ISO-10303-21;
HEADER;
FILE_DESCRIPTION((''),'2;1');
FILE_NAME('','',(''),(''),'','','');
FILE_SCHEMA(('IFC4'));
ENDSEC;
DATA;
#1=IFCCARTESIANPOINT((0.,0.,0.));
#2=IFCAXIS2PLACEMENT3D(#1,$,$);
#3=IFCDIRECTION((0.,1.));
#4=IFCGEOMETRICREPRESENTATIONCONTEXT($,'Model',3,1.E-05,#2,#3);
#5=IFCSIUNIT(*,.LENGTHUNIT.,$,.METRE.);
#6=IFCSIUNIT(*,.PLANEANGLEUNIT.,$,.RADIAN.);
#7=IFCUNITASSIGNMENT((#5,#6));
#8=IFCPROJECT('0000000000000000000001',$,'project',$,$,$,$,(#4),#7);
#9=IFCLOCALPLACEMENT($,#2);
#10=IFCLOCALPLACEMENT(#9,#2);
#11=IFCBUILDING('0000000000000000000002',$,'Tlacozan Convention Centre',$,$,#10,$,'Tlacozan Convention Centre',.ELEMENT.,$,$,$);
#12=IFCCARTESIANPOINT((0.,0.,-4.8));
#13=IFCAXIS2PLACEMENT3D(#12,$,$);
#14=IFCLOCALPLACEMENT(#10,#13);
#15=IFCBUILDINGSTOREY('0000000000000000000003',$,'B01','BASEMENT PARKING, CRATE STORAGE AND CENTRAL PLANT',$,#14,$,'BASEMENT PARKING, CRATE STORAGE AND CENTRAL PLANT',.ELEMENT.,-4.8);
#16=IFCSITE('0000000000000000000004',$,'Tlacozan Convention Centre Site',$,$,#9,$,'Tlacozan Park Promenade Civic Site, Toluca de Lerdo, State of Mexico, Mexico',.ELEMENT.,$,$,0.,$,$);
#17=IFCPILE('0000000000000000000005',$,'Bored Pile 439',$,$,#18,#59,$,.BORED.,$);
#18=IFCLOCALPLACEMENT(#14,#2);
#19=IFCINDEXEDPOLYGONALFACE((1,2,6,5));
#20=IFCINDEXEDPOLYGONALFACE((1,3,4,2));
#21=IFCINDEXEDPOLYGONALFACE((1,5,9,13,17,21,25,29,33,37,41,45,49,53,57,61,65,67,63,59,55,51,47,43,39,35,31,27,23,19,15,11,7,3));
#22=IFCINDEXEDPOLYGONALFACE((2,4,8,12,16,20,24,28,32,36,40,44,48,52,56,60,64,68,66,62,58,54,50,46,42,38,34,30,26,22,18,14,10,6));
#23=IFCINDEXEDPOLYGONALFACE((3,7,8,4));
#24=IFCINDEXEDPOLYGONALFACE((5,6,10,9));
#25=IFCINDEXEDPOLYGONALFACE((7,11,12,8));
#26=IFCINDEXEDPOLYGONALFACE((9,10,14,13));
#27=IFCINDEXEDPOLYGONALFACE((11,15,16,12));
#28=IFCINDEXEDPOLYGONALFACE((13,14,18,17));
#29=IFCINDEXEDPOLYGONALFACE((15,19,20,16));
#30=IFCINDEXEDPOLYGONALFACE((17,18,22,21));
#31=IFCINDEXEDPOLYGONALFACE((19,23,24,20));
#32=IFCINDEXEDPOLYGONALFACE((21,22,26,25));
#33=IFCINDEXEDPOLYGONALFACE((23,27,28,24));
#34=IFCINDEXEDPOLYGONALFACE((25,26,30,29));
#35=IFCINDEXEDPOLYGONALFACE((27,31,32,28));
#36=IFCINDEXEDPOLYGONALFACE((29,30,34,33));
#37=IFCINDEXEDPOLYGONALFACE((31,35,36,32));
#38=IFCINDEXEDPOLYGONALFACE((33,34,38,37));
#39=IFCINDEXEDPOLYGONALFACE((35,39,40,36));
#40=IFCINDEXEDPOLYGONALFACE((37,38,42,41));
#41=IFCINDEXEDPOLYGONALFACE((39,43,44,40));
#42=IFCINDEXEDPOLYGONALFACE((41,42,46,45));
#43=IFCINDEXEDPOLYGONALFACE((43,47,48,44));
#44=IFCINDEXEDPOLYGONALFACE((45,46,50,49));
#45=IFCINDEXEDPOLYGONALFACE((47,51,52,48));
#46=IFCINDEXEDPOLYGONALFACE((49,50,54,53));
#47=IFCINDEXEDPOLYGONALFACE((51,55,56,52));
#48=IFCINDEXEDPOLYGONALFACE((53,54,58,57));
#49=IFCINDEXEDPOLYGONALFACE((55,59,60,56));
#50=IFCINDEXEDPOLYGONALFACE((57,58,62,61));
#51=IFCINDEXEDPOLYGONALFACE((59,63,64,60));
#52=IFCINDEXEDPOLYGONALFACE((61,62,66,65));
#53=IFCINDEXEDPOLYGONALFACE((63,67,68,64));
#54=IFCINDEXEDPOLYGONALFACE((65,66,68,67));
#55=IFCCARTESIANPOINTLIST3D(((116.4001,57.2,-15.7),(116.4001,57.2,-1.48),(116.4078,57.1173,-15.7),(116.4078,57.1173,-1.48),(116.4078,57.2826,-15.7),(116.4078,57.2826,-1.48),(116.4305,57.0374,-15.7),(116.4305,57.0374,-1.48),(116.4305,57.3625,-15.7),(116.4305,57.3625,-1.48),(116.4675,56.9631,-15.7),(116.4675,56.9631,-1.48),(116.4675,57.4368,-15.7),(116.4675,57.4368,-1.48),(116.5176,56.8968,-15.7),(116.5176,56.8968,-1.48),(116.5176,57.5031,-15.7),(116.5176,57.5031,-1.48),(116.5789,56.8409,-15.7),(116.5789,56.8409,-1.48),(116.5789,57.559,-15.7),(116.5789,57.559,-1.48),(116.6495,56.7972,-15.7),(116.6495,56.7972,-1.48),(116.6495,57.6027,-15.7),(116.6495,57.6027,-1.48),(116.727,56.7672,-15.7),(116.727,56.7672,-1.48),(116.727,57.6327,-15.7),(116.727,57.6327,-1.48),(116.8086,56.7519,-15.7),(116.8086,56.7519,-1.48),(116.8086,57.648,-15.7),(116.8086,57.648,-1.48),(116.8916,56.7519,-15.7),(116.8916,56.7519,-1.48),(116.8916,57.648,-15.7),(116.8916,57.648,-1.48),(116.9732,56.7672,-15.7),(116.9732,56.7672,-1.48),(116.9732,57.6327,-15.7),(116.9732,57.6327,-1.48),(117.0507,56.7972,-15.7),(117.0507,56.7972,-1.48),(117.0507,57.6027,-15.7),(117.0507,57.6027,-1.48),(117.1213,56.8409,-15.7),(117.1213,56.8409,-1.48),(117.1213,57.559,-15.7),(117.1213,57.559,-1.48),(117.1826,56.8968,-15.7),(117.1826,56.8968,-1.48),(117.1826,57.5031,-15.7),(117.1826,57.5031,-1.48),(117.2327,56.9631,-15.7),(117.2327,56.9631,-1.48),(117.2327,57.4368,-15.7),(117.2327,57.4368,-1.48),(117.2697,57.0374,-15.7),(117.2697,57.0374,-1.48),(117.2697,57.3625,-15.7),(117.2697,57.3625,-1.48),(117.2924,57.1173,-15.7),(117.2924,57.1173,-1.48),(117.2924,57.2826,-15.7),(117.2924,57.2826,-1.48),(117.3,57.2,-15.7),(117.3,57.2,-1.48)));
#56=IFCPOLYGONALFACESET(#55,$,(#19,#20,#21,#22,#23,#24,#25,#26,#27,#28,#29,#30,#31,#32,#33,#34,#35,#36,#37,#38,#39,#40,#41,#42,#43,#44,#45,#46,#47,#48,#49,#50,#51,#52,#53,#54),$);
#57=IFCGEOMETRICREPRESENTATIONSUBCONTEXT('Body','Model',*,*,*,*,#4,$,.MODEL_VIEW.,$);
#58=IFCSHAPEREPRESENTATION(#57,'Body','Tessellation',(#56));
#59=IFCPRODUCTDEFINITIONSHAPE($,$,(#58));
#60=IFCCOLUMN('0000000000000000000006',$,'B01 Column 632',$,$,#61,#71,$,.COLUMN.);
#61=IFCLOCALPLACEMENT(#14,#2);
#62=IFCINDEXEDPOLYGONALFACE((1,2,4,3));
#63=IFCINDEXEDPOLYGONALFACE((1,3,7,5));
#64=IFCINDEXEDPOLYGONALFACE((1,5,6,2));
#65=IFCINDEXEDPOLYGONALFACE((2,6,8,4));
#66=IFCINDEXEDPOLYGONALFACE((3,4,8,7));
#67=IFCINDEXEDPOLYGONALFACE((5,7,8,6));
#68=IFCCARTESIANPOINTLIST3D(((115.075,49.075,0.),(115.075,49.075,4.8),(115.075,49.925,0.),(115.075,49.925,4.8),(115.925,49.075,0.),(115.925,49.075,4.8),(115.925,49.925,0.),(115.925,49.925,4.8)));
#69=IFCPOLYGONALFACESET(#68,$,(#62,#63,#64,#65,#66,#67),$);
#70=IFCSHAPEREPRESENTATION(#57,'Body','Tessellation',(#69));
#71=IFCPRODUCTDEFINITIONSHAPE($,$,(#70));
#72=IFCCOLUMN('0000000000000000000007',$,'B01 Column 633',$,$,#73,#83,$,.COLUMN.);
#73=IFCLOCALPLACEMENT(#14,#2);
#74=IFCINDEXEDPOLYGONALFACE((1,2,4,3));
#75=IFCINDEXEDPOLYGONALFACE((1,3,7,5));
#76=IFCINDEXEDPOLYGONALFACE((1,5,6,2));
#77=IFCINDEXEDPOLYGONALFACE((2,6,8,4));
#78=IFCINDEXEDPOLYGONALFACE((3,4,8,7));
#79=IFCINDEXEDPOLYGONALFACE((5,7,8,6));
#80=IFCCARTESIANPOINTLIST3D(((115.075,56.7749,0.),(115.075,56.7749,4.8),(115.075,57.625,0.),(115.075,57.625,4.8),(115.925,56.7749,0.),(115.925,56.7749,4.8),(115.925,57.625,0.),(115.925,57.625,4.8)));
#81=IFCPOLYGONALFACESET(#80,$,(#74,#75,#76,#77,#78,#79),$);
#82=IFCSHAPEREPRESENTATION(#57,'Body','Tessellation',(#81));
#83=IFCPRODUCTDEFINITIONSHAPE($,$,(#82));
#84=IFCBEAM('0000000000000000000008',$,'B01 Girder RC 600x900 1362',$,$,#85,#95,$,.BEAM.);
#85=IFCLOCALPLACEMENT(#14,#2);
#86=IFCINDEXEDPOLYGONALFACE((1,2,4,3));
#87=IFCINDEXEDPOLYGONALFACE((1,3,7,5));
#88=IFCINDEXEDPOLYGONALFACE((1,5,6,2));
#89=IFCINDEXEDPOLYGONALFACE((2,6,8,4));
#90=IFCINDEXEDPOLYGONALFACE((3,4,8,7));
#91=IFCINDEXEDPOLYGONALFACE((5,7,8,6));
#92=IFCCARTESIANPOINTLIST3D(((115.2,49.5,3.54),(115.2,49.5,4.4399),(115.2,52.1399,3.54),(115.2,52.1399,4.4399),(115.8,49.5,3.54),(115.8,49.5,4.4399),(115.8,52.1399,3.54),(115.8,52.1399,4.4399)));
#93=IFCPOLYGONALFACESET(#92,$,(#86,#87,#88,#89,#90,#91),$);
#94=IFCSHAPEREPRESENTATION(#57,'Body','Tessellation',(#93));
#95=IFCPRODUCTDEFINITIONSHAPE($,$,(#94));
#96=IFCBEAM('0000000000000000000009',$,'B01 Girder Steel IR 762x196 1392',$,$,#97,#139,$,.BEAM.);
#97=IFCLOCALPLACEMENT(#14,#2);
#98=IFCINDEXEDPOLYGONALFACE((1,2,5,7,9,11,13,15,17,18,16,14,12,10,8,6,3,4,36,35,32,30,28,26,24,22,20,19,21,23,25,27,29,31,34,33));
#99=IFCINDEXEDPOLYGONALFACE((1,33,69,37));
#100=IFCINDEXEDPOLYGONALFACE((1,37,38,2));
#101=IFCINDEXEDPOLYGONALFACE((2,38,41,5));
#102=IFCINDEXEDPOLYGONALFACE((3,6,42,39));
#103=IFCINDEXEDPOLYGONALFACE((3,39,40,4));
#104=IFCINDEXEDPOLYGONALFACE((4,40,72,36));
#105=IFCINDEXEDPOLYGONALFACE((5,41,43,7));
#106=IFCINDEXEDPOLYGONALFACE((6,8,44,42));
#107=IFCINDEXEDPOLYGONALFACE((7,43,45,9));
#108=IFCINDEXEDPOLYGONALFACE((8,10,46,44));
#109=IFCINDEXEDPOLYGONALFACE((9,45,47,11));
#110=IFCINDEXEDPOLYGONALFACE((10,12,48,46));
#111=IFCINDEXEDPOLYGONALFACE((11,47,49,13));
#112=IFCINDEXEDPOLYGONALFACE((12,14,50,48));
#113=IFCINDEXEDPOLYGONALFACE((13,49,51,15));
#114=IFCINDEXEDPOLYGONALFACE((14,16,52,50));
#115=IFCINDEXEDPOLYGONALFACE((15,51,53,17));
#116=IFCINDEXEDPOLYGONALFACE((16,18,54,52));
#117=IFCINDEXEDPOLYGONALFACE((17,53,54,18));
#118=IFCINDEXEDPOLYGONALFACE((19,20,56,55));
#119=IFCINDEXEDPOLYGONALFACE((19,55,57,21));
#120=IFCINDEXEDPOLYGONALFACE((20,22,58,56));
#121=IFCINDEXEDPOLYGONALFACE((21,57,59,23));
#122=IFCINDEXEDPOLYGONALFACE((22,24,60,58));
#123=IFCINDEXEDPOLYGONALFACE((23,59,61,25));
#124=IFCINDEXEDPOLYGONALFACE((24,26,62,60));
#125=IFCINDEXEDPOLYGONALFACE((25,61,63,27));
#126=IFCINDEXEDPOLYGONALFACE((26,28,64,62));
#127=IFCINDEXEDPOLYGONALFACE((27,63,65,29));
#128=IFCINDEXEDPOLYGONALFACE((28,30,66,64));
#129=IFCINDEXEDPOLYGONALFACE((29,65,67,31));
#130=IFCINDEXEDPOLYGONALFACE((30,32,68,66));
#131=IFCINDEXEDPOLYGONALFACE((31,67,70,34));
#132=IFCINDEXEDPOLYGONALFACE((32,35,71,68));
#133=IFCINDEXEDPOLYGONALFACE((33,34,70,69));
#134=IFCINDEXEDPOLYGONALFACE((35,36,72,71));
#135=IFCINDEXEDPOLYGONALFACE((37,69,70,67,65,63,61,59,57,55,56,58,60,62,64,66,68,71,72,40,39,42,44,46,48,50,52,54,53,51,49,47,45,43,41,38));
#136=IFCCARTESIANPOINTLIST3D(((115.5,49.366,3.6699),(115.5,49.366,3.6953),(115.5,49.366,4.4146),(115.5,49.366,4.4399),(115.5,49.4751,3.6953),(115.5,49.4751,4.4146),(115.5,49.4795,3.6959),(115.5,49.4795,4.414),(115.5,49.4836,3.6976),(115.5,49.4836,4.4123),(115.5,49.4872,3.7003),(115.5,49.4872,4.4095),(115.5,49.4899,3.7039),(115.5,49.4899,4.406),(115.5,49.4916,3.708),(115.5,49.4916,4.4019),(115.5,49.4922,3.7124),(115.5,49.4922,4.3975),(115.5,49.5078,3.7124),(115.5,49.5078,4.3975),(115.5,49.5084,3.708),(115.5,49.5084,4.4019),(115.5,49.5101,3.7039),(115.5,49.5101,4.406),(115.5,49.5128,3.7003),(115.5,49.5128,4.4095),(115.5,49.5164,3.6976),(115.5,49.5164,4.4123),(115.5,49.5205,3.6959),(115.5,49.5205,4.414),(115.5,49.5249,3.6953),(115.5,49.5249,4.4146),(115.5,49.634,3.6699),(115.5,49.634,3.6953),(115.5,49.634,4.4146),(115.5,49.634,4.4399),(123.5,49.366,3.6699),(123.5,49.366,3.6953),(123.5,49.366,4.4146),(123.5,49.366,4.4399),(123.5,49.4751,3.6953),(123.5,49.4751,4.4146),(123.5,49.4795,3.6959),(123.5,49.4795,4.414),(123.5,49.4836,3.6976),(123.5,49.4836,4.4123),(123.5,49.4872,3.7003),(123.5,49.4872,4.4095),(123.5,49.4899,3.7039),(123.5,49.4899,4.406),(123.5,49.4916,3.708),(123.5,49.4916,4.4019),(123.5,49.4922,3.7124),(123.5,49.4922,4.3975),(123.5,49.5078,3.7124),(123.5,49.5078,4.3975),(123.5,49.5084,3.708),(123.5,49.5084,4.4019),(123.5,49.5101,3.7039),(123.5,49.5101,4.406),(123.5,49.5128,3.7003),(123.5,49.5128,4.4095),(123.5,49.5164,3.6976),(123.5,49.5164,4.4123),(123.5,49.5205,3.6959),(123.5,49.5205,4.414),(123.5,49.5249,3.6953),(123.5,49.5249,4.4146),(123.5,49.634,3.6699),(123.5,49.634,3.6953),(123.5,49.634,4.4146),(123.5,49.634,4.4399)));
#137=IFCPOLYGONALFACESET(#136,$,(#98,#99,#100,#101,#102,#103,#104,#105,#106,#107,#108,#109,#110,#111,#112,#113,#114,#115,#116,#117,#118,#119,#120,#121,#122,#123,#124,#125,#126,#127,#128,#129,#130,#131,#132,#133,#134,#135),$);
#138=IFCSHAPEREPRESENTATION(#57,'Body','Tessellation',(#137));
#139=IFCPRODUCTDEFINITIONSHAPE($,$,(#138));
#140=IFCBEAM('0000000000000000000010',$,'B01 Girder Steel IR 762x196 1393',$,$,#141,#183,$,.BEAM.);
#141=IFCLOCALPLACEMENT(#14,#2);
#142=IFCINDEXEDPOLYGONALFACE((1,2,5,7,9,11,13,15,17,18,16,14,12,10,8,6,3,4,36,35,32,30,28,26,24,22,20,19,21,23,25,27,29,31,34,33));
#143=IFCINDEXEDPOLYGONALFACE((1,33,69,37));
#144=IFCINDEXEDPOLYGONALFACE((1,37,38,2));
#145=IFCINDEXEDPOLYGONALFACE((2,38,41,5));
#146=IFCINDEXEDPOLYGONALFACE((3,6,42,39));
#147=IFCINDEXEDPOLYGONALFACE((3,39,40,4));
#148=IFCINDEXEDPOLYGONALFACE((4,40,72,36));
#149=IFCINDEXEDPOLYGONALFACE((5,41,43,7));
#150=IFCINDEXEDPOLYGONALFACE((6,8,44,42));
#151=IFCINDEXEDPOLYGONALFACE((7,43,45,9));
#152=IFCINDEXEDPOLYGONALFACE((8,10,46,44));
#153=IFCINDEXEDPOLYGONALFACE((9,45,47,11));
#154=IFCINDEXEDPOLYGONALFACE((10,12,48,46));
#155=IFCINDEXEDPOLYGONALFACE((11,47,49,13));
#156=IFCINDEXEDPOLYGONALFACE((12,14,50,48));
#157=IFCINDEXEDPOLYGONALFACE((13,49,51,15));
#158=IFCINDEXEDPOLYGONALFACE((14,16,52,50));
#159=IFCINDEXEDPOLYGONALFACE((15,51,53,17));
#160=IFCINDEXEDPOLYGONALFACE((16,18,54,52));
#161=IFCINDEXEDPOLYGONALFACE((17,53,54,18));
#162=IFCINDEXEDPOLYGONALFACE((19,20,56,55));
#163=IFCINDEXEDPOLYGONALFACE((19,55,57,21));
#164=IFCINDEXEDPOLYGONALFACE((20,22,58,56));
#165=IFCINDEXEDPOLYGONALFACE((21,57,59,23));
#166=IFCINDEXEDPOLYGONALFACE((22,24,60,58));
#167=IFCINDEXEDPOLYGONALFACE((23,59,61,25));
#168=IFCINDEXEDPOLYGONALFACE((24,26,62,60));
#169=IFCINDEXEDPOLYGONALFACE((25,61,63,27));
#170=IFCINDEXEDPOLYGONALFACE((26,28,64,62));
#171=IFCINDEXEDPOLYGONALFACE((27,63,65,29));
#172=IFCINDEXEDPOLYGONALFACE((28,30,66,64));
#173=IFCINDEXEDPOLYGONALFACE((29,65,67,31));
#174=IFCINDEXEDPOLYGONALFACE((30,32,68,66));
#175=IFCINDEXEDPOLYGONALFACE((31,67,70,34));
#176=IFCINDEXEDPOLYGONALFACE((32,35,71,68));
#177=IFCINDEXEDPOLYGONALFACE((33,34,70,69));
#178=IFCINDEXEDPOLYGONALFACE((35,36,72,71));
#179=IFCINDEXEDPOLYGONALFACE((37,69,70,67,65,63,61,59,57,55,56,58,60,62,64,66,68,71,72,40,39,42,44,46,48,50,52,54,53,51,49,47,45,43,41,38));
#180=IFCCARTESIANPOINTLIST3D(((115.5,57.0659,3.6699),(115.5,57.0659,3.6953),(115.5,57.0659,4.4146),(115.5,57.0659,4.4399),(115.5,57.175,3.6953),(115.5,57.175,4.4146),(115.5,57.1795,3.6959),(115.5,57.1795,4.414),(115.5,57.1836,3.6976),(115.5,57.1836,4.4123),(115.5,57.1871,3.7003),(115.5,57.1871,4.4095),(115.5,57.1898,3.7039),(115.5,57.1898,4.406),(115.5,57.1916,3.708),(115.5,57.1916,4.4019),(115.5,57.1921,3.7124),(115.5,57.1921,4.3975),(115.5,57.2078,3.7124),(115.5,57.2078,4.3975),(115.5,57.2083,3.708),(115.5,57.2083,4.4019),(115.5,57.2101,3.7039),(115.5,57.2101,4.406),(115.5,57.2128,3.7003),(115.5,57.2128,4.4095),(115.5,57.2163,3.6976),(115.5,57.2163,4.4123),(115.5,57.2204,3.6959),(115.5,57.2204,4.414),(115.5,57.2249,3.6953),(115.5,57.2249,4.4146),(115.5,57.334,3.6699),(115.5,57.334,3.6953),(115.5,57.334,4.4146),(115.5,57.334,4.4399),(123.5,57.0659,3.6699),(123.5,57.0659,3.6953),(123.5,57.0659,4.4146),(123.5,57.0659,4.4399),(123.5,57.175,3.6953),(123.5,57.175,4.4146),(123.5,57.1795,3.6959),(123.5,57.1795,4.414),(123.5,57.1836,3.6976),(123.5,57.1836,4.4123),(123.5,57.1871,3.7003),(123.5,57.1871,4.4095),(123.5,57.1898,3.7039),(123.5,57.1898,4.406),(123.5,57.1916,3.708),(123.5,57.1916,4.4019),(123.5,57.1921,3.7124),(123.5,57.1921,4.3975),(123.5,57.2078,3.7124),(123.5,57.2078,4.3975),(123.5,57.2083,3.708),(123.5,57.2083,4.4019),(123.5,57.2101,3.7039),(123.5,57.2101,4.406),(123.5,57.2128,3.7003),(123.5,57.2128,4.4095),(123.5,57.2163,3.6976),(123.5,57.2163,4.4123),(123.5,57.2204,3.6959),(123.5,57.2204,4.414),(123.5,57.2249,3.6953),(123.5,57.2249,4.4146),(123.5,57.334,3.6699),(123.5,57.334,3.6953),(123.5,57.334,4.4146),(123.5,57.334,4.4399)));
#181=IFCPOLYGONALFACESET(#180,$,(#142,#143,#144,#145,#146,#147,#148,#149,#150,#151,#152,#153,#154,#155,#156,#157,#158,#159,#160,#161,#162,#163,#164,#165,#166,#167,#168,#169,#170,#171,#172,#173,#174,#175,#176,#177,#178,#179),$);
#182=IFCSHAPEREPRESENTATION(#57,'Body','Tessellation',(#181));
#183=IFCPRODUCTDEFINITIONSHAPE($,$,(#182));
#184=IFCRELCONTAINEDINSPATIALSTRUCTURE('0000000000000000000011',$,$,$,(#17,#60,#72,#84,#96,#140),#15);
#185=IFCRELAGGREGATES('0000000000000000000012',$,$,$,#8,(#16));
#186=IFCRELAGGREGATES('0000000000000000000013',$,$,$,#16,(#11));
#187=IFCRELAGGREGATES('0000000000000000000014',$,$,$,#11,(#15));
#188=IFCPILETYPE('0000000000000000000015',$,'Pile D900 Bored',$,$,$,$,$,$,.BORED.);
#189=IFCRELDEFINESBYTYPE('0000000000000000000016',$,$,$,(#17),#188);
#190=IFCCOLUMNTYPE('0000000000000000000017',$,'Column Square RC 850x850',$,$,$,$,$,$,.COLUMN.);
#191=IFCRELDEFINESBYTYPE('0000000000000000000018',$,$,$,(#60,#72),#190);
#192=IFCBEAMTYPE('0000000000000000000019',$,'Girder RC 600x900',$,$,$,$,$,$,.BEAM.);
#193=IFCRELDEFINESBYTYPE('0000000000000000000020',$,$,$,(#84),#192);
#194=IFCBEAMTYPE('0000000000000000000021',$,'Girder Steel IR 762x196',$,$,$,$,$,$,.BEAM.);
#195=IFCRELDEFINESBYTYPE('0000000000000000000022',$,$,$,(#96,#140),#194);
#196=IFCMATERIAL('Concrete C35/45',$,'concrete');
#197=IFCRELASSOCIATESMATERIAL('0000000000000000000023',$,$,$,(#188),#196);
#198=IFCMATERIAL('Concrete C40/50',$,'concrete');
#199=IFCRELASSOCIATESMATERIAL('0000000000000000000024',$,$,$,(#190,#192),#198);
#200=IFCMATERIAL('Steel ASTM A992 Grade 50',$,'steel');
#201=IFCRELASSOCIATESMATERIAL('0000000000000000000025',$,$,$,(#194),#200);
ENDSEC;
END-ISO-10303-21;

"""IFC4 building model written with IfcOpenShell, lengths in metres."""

from ifc_helpers import new_model, si_unit, direction, frame, origin, origin_2d, place, context, subcontext, project, spatial, rectangle, circle, i_section, extrude, material, material_profile, profile_set, type_object, element, save


model = new_model("IFC4")

# Units and contexts
model_context = context("Model", 3, precision=1e-05, world=origin(), true_north=direction((0.0, 1.0)))
body_context = subcontext(model_context, "Body", "Model", "MODEL_VIEW")
ifc_project = project(units=[si_unit("LENGTHUNIT", "METRE"), si_unit("PLANEANGLEUNIT", "RADIAN")], contexts=[model_context])

# Site, building, storey
site_placement = place(None, origin())
site = spatial("IfcSite", under=ifc_project, at=site_placement, Name="Tlacozan Convention Centre Site", LongName="Tlacozan Park Promenade Civic Site, Toluca de Lerdo, State of Mexico, Mexico", CompositionType="ELEMENT", RefElevation=0.0)
building_placement = place(site_placement, origin())
building = spatial("IfcBuilding", under=site, at=building_placement, Name="Tlacozan Convention Centre", LongName="Tlacozan Convention Centre", CompositionType="ELEMENT")
storey_placement = place(building_placement, frame((0.0, 0.0, -4.8)))
storey = spatial("IfcBuildingStorey", under=building, at=storey_placement, Name="B01", Description="BASEMENT PARKING, CRATE STORAGE AND CENTRAL PLANT", LongName="BASEMENT PARKING, CRATE STORAGE AND CENTRAL PLANT", CompositionType="ELEMENT", Elevation=-4.8)

# Shared definitions
ifc_material_1 = material(Name="Concrete C35/45", Category="concrete")

# Pile
ifc_material_profile_1 = material_profile(ifc_material_1, circle(Radius=0.45, at=origin_2d()), Name="PILE D900")
ifc_profile_set_1 = profile_set([ifc_material_profile_1], Name="Concrete C35/45")
pile_type_1 = type_object("IfcPileType", Name="Pile D900 Bored", PredefinedType="BORED", material=ifc_profile_set_1)
for number, where, z_axis, x_axis, name in (
    (1, (116.8501, 57.2, -1.48), (0.0, 0.0, -1.0), (1.0, 0.0, 0.0), "Bored Pile 439"),
):
    element("IfcPile", number, at=place(storey_placement, frame(where, z_axis=z_axis, x_axis=x_axis)), inside=storey, type_object=pile_type_1, Name=name, PredefinedType="BORED", context=body_context, shape_type="SweptSolid", body=[
        extrude(circle(Radius=0.45, at=origin_2d()), origin(), (0.0, 0.0, 1.0), 14.22),
    ])

# Columns
ifc_material_2 = material(Name="Concrete C40/50", Category="concrete")
ifc_material_profile_2 = material_profile(ifc_material_2, rectangle(XDim=0.8501, YDim=0.8501, at=origin_2d()), Name="RC 850x850")
ifc_profile_set_2 = profile_set([ifc_material_profile_2], Name="Concrete C40/50")
column_type = type_object("IfcColumnType", Name="Column Square RC 850x850", PredefinedType="COLUMN", material=ifc_profile_set_2)
for number, where, z_axis, x_axis, name in (
    (2, (115.5, 49.5, 0.0), (0.0, 0.0, 1.0), (1.0, 0.0, 0.0), "B01 Column 632"),
    (3, (115.5, 57.2, 0.0), (0.0, 0.0, 1.0), (1.0, 0.0, 0.0), "B01 Column 633"),
):
    element("IfcColumn", number, at=place(storey_placement, frame(where, z_axis=z_axis, x_axis=x_axis)), inside=storey, type_object=column_type, Name=name, PredefinedType="COLUMN", context=body_context, shape_type="SweptSolid", body=[
        extrude(rectangle(XDim=0.8501, YDim=0.8501, at=origin_2d()), origin(), (0.0, 0.0, 1.0), 4.8),
    ])

# Beams
ifc_material_profile_3 = material_profile(ifc_material_2, rectangle(XDim=0.6001, YDim=0.8999, at=origin_2d()), Name="RC 600x900")
ifc_profile_set_3 = profile_set([ifc_material_profile_3], Name="Concrete C40/50")
beam_type_1 = type_object("IfcBeamType", Name="Girder RC 600x900", PredefinedType="BEAM", material=ifc_profile_set_3)
beam_1_placement = place(storey_placement, frame((115.5, 49.5, 3.99), z_axis=(0.0, 1.0, 0.0), x_axis=(-1.0, 0.0, 0.0)))
element("IfcBeam", 4, at=beam_1_placement, inside=storey, type_object=beam_type_1, Name="B01 Girder RC 600x900 1362", PredefinedType="BEAM", context=body_context, shape_type="SweptSolid", body=[
    extrude(rectangle(XDim=0.6001, YDim=0.8999, at=origin_2d()), origin(), (0.0, 0.0, 1.0), 2.6399),
])
ifc_material_3 = material(Name="Steel ASTM A992 Grade 50", Category="steel")
ifc_material_profile_4 = material_profile(ifc_material_3, i_section(OverallWidth=0.2681, OverallDepth=0.77, WebThickness=0.0156, FlangeThickness=0.0254, FilletRadius=0.0171, at=origin_2d()), Name="IR 762x196.0")
ifc_profile_set_4 = profile_set([ifc_material_profile_4], Name="Steel ASTM A992 Grade 50")
beam_type_2 = type_object("IfcBeamType", Name="Girder Steel IR 762x196", PredefinedType="BEAM", material=ifc_profile_set_4)
for number, where, z_axis, x_axis, name in (
    (5, (115.5, 49.5, 4.0549), (1.0, 0.0, 0.0), (0.0, 1.0, 0.0), "B01 Girder Steel IR 762x196 1392"),
    (6, (115.5, 57.2, 4.0549), (1.0, 0.0, 0.0), (0.0, 1.0, 0.0), "B01 Girder Steel IR 762x196 1393"),
):
    element("IfcBeam", number, at=place(storey_placement, frame(where, z_axis=z_axis, x_axis=x_axis)), inside=storey, type_object=beam_type_2, Name=name, PredefinedType="BEAM", context=body_context, shape_type="SweptSolid", body=[
        extrude(i_section(OverallWidth=0.2681, OverallDepth=0.77, WebThickness=0.0156, FlangeThickness=0.0254, FilletRadius=0.0171, at=origin_2d()), origin(), (0.0, 0.0, 1.0), 8.0),
    ])

save(model, "model.ifc")
